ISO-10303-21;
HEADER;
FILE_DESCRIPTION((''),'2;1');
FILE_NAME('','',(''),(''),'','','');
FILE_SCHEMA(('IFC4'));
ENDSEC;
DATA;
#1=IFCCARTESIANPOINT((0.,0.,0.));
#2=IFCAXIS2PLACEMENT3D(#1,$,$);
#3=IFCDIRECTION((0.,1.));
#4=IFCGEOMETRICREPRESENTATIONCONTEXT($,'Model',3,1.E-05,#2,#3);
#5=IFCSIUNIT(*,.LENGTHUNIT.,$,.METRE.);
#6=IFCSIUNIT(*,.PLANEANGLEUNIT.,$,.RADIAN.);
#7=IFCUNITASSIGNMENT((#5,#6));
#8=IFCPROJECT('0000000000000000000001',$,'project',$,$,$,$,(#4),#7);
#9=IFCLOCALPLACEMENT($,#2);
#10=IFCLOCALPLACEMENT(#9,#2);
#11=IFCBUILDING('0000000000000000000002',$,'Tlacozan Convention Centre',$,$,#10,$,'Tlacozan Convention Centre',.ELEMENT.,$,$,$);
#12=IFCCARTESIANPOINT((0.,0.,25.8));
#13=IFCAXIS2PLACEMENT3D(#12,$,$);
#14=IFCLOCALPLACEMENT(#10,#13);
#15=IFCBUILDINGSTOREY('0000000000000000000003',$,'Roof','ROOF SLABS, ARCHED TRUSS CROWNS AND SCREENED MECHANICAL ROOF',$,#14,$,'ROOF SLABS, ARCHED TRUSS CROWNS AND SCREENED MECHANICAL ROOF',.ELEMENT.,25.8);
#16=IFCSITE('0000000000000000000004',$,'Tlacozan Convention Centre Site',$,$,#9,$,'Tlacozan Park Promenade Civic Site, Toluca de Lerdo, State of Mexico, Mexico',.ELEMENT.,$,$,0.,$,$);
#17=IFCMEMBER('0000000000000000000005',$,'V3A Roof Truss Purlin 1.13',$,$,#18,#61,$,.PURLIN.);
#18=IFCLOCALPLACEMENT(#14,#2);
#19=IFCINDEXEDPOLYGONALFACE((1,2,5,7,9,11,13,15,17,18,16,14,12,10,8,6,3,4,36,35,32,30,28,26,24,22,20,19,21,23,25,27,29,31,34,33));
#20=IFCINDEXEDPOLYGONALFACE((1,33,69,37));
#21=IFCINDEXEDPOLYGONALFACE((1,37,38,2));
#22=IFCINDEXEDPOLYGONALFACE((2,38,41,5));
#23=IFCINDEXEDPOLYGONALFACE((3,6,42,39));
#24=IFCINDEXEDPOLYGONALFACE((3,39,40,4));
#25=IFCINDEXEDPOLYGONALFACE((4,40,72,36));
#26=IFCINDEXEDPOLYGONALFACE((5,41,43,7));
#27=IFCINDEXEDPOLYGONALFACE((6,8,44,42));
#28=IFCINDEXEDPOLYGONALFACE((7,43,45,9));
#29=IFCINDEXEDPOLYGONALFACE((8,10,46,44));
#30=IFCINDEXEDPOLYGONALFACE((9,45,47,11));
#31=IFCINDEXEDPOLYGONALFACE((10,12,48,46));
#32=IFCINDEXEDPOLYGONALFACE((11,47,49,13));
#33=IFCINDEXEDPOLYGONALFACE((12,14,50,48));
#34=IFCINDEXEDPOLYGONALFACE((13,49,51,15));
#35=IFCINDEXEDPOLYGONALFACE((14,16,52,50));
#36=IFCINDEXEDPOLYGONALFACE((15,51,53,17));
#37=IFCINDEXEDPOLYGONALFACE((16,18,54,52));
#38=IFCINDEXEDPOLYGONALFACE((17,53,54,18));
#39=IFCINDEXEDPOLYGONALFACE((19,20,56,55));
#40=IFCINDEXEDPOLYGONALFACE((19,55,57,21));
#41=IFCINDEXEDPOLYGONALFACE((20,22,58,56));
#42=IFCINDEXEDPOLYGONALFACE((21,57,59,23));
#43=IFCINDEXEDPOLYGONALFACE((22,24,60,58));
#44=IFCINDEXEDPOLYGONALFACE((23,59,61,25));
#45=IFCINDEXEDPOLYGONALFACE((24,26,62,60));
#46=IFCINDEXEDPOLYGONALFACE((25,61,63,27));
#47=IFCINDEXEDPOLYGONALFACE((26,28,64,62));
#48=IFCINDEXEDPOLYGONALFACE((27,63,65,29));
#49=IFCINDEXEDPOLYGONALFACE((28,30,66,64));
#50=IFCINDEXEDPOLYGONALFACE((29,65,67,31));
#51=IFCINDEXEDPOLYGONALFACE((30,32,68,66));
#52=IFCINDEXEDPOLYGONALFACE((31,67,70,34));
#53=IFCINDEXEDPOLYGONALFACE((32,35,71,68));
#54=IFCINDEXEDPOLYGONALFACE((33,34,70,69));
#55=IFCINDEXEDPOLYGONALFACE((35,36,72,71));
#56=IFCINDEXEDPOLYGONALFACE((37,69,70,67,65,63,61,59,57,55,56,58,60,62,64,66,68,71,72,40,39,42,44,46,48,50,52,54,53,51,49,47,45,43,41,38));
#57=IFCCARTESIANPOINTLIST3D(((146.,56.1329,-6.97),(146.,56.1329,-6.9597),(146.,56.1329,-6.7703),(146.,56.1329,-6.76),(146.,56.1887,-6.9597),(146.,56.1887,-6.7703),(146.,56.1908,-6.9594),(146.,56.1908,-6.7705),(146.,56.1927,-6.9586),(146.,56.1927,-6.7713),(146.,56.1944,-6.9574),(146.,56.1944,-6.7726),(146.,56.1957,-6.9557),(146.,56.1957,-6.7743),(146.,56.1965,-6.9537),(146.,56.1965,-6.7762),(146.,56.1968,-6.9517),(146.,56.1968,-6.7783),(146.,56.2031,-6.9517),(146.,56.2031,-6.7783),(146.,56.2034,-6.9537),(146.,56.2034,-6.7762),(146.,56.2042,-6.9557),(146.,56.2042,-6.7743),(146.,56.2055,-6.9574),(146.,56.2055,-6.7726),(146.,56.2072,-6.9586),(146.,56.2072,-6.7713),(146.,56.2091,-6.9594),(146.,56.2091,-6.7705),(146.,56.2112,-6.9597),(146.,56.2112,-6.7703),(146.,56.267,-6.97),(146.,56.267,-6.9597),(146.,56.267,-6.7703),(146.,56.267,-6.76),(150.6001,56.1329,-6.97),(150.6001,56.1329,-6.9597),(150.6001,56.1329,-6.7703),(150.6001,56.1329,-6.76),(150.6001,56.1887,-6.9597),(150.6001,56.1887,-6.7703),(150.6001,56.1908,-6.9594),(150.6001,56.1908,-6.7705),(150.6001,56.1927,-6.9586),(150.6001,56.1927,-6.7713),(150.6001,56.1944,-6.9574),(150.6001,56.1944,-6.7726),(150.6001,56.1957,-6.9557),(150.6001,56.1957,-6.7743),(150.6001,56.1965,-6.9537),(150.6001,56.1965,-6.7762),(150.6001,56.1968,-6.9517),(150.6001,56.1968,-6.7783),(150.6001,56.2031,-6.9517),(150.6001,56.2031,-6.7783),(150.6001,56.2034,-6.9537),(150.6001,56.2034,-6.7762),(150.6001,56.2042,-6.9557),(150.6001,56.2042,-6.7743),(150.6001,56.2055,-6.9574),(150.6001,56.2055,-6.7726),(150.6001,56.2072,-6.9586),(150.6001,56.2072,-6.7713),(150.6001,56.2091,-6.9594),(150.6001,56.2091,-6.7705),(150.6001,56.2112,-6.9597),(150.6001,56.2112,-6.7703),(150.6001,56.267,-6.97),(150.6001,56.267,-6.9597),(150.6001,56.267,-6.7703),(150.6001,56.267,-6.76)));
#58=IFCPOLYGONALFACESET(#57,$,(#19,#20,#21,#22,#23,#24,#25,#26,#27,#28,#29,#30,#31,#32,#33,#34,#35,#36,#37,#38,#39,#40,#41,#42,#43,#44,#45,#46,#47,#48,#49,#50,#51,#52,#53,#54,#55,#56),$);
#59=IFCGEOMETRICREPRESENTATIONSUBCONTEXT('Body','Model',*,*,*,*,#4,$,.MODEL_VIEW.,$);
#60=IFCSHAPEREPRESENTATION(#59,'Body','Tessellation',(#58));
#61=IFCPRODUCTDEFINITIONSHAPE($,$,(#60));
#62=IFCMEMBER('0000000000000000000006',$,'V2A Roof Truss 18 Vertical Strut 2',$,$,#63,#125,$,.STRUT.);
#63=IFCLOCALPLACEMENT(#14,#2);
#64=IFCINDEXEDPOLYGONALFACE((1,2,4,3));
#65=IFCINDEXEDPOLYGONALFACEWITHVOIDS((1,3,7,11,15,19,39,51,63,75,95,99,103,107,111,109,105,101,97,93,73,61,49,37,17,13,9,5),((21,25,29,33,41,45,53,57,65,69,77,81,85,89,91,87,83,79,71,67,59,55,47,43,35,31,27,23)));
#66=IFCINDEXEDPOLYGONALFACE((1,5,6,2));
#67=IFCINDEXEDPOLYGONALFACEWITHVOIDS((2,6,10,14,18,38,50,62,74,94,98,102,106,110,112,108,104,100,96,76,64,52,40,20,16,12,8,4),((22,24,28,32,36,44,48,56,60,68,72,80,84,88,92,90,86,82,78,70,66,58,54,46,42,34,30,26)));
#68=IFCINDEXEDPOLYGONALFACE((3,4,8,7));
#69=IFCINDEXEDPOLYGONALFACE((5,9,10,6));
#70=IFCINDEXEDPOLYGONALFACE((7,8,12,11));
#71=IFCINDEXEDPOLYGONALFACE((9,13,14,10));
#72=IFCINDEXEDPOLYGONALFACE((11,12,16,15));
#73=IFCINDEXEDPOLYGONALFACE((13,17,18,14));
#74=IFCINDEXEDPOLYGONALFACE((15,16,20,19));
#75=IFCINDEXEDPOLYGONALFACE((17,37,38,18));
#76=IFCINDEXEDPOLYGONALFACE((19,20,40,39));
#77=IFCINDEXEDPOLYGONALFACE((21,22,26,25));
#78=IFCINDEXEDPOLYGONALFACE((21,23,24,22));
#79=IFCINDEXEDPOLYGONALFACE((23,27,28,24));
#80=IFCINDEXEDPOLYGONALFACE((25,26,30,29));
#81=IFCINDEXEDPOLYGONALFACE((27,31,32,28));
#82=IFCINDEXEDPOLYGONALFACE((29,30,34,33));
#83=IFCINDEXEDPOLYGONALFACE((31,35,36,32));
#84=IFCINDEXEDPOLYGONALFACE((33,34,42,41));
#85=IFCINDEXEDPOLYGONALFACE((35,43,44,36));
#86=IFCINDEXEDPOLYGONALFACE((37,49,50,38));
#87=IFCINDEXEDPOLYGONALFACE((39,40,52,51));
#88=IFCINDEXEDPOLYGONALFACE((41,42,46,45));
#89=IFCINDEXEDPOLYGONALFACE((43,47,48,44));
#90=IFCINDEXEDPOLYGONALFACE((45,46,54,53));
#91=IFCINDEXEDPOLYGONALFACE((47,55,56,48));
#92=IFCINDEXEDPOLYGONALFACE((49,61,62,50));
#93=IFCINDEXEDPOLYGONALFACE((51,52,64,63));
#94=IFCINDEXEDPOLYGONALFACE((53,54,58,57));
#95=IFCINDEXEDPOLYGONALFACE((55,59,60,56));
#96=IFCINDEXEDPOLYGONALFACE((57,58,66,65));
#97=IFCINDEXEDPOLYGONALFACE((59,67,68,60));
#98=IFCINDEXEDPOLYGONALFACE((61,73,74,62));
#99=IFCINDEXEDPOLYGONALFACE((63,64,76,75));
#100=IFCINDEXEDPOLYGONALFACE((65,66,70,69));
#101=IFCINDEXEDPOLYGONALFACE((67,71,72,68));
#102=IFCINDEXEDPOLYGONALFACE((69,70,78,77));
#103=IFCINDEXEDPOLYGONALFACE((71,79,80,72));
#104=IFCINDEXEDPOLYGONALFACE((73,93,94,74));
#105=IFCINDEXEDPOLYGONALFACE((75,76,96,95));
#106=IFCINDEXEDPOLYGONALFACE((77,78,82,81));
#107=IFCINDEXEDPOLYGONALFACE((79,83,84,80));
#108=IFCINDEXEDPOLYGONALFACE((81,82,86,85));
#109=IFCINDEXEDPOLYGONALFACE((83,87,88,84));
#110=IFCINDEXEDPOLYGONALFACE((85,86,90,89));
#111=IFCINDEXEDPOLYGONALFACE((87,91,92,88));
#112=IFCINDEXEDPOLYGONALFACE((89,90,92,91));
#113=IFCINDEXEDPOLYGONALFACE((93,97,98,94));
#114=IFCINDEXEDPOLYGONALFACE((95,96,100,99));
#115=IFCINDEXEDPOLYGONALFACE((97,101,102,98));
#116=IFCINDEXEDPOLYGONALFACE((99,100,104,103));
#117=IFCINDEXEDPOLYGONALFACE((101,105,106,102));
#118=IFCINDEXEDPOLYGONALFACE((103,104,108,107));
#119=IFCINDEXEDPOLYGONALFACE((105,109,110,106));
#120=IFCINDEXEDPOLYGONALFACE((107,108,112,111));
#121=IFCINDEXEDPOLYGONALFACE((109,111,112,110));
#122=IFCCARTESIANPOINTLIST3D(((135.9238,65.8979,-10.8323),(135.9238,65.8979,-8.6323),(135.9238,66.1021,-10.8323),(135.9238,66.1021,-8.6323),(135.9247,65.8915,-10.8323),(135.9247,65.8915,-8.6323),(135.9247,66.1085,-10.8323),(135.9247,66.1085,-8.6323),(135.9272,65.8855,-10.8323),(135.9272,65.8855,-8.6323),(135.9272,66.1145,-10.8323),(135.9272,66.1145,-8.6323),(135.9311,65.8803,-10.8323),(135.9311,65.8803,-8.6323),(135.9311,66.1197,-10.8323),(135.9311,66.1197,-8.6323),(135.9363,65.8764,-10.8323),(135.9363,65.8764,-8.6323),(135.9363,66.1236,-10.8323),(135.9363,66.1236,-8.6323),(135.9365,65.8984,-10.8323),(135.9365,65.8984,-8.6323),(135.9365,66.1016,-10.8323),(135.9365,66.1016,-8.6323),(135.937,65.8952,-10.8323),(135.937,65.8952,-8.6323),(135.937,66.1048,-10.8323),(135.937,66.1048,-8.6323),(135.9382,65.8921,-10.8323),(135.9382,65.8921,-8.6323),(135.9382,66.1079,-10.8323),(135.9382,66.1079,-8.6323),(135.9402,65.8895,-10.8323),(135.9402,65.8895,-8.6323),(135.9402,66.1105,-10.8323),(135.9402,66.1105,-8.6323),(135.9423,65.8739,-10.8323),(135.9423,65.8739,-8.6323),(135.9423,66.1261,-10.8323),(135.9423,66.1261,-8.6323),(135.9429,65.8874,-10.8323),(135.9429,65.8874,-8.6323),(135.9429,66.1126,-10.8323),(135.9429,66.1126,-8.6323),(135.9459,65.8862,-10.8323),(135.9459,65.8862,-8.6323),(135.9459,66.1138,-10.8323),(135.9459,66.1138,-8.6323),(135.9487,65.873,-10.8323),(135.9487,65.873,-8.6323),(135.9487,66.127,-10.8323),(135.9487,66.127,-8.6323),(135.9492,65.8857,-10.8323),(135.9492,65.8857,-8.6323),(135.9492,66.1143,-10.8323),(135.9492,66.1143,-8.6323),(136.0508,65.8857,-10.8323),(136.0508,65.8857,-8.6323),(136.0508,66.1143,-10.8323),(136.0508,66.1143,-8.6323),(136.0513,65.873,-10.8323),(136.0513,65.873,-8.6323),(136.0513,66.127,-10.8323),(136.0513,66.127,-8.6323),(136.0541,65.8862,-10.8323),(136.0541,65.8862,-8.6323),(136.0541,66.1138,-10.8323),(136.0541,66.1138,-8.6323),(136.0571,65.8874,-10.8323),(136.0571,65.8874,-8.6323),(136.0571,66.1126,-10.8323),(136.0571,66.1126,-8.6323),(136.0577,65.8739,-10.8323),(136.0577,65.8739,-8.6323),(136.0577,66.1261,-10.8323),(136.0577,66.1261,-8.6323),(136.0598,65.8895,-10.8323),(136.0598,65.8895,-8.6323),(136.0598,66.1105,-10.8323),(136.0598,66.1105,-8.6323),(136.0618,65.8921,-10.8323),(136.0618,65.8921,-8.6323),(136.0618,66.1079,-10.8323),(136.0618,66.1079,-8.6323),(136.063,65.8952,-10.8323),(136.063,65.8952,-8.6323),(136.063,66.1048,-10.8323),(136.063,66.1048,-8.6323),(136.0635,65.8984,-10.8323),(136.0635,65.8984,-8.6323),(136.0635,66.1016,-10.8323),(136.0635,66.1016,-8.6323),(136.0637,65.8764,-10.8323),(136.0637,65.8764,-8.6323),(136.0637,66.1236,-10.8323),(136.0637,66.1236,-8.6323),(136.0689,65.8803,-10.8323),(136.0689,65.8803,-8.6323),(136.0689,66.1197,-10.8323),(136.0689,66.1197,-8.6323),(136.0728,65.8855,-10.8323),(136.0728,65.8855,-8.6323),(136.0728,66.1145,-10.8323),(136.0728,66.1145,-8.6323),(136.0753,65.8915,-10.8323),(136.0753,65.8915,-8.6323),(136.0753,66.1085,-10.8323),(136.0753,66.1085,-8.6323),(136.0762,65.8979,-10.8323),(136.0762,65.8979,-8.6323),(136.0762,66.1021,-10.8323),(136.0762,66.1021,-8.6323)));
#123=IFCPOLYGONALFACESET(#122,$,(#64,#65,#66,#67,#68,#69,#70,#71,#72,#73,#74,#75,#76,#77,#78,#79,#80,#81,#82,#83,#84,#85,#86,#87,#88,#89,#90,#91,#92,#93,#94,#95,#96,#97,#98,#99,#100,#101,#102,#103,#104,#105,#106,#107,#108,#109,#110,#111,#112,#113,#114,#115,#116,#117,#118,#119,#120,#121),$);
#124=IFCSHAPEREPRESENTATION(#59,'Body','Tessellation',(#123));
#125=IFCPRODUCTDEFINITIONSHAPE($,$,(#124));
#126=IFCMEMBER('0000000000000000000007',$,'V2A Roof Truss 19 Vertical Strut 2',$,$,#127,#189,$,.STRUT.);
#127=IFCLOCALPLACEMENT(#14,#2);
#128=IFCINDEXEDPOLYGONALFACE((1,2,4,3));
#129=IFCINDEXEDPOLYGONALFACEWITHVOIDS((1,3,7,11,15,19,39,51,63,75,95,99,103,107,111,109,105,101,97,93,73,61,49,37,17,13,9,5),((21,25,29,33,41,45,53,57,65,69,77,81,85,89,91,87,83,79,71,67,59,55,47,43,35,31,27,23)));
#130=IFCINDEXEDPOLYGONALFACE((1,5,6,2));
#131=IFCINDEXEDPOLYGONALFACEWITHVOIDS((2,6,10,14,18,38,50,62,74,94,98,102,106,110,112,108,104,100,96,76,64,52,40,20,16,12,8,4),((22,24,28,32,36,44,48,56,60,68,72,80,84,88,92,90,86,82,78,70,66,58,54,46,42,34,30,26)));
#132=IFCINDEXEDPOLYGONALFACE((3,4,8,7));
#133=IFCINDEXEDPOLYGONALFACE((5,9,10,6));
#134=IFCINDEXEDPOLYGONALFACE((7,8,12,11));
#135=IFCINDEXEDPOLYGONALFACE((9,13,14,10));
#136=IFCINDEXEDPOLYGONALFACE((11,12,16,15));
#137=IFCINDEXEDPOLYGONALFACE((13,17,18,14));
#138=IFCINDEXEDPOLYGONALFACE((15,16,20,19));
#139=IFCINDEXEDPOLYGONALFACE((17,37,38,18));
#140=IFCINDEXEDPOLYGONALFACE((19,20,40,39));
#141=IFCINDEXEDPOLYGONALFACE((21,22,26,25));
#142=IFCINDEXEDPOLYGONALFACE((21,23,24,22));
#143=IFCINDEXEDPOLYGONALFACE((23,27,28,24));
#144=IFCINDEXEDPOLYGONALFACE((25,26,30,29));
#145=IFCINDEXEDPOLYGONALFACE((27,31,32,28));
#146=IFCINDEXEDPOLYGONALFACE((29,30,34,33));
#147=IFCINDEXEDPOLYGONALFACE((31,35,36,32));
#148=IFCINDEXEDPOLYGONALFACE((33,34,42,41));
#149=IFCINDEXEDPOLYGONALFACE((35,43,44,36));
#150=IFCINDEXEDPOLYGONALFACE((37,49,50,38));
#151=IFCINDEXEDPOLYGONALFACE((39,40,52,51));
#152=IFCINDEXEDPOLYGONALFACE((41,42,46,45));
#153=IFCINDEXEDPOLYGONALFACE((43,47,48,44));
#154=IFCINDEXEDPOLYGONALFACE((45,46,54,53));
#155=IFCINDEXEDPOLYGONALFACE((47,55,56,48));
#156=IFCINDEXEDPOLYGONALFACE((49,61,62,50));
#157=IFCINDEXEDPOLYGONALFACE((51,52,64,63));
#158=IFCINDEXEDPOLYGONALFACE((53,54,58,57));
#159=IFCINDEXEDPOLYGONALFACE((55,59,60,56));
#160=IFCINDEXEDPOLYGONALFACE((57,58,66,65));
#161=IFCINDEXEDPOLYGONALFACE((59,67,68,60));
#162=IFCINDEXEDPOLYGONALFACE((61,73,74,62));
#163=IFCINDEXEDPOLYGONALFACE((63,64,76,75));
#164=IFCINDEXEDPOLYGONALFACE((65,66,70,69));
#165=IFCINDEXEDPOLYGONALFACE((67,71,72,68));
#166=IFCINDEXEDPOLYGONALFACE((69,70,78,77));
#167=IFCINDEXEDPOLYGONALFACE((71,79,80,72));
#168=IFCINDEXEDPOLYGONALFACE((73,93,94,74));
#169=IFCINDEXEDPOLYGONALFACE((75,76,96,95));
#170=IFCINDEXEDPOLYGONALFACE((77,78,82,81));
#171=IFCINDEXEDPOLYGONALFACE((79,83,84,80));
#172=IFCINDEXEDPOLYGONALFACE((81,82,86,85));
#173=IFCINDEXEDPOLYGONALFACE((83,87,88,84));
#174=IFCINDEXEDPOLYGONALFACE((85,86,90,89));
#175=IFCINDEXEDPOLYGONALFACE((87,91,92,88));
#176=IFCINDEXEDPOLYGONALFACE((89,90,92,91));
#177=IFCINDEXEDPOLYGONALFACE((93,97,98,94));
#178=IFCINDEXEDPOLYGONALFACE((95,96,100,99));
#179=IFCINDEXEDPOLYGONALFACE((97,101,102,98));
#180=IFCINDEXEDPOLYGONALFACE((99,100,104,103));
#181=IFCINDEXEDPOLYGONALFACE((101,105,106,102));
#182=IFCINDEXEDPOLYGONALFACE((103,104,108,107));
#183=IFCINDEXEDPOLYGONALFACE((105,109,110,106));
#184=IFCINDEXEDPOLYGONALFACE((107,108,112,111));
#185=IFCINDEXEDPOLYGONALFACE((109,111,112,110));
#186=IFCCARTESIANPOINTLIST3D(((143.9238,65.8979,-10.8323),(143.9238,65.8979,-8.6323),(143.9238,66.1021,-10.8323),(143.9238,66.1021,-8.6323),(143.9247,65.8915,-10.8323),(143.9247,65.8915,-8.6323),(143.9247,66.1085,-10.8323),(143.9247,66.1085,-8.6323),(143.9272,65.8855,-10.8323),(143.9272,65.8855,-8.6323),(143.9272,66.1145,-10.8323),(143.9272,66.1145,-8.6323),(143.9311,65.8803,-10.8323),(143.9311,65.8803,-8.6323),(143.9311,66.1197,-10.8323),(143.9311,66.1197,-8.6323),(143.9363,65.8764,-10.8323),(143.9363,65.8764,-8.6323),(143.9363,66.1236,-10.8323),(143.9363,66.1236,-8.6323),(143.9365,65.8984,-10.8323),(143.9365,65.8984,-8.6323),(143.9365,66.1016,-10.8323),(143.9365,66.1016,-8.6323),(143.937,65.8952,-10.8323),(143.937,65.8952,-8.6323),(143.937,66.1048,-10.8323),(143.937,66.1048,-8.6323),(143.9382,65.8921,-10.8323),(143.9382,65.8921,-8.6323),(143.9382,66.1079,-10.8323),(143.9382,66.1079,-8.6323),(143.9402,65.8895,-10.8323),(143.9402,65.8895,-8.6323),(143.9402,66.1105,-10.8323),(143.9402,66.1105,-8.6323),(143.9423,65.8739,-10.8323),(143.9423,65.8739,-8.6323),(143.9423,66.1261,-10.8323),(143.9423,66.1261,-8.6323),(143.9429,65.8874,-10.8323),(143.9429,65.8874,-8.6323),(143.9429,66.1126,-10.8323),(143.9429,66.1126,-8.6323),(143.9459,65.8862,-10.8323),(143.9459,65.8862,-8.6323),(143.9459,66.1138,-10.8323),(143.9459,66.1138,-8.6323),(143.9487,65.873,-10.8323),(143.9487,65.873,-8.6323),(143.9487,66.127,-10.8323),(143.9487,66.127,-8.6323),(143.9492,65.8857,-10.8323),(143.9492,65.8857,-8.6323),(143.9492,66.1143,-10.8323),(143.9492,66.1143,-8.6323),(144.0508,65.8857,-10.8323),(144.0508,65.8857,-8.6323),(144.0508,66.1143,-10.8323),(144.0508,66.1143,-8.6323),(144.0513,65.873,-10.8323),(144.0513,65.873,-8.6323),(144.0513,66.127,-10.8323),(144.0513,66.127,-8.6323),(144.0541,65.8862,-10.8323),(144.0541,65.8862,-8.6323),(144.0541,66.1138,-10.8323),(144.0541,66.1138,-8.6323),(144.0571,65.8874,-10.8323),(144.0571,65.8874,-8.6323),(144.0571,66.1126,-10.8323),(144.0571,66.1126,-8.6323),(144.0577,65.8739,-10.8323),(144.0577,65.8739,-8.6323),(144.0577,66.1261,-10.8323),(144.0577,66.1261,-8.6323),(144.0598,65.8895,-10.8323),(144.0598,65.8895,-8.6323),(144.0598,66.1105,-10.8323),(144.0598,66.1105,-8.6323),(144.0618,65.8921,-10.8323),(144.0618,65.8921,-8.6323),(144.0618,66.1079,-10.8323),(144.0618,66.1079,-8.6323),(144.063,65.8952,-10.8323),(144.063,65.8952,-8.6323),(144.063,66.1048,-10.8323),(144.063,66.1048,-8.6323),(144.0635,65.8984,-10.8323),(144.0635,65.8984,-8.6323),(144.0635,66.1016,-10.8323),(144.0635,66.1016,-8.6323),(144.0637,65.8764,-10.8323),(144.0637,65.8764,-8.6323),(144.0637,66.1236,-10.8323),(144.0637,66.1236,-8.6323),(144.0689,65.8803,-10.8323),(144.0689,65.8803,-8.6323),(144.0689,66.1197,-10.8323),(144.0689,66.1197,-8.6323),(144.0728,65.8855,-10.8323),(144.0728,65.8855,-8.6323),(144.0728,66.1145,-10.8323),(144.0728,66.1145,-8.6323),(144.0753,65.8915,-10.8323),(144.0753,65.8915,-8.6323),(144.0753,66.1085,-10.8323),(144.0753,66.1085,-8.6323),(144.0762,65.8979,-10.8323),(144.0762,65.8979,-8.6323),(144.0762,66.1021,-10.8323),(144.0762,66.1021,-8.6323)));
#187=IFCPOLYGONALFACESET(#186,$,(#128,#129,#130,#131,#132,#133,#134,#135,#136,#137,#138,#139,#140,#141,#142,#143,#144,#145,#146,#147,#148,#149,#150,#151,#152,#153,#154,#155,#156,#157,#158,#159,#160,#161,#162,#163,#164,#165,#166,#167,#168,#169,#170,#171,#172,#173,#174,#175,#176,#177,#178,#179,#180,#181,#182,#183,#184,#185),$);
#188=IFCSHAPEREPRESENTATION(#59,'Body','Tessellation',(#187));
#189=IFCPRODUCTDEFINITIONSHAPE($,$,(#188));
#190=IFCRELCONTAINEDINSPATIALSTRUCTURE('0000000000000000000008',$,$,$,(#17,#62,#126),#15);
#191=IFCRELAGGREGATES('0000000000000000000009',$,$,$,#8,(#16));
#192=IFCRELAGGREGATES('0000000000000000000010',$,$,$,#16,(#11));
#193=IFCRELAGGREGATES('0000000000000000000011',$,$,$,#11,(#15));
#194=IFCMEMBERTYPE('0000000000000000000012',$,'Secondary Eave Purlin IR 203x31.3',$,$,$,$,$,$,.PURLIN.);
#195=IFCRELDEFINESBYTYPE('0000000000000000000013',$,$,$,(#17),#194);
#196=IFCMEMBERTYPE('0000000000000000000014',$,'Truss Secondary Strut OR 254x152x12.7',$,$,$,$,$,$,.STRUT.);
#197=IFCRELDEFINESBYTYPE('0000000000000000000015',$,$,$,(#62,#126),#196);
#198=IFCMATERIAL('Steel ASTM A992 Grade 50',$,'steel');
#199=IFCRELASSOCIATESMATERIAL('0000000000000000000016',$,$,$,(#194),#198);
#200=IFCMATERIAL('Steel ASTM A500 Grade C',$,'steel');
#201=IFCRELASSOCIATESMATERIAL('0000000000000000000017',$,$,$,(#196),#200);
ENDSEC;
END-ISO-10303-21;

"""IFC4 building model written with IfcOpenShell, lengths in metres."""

from ifc_helpers import new_model, si_unit, direction, frame, origin, origin_2d, place, context, subcontext, project, spatial, hollow_rectangle, i_section, extrude, material, material_profile, profile_set, type_object, element, save


model = new_model("IFC4")

# Units and contexts
model_context = context("Model", 3, precision=1e-05, world=origin(), true_north=direction((0.0, 1.0)))
body_context = subcontext(model_context, "Body", "Model", "MODEL_VIEW")
ifc_project = project(units=[si_unit("LENGTHUNIT", "METRE"), si_unit("PLANEANGLEUNIT", "RADIAN")], contexts=[model_context])

# Site, building, storey
site_placement = place(None, origin())
site = spatial("IfcSite", under=ifc_project, at=site_placement, Name="Tlacozan Convention Centre Site", LongName="Tlacozan Park Promenade Civic Site, Toluca de Lerdo, State of Mexico, Mexico", CompositionType="ELEMENT", RefElevation=0.0)
building_placement = place(site_placement, origin())
building = spatial("IfcBuilding", under=site, at=building_placement, Name="Tlacozan Convention Centre", LongName="Tlacozan Convention Centre", CompositionType="ELEMENT")
storey_placement = place(building_placement, frame((0.0, 0.0, 25.8)))
storey = spatial("IfcBuildingStorey", under=building, at=storey_placement, Name="Roof", Description="ROOF SLABS, ARCHED TRUSS CROWNS AND SCREENED MECHANICAL ROOF", LongName="ROOF SLABS, ARCHED TRUSS CROWNS AND SCREENED MECHANICAL ROOF", CompositionType="ELEMENT", Elevation=25.8)

# Members
ifc_material_1 = material(Name="Steel ASTM A500 Grade C", Category="steel")
ifc_material_2 = material(Name="Steel ASTM A992 Grade 50", Category="steel")
ifc_material_profile_1 = material_profile(ifc_material_2, i_section(OverallWidth=0.134, OverallDepth=0.21, WebThickness=0.0063, FlangeThickness=0.0103, FilletRadius=0.0081, at=origin_2d()), Name="IR 203x31.3")
ifc_profile_set_1 = profile_set([ifc_material_profile_1], Name="Steel ASTM A992 Grade 50")
member_type_1 = type_object("IfcMemberType", Name="Secondary Eave Purlin IR 203x31.3", PredefinedType="PURLIN", material=ifc_profile_set_1)
member_1_placement = place(storey_placement, frame((146.0, 56.2, -6.865), z_axis=(1.0, 0.0, 0.0), x_axis=(0.0, 1.0, 0.0)))
element("IfcMember", 1, at=member_1_placement, inside=storey, type_object=member_type_1, Name="V3A Roof Truss Purlin 1.13", PredefinedType="PURLIN", context=body_context, shape_type="SweptSolid", body=[
    extrude(i_section(OverallWidth=0.134, OverallDepth=0.21, WebThickness=0.0063, FlangeThickness=0.0103, FilletRadius=0.0081, at=origin_2d()), origin(), (0.0, 0.0, 1.0), 4.6001),
])
ifc_material_profile_2 = material_profile(ifc_material_1, hollow_rectangle(XDim=0.1523, YDim=0.2539, WallThickness=0.0127, InnerFilletRadius=0.0127, OuterFilletRadius=0.0249, at=origin_2d()), Name="OR 254x152x12.7")
ifc_profile_set_2 = profile_set([ifc_material_profile_2], Name="Steel ASTM A500 Grade C")
member_type_2 = type_object("IfcMemberType", Name="Truss Secondary Strut OR 254x152x12.7", PredefinedType="STRUT", material=ifc_profile_set_2)
for number, where, z_axis, x_axis, name in (
    (2, (136.0, 66.0, -10.8323), (0.0, 0.0, 1.0), (1.0, 0.0, 0.0), "V2A Roof Truss 18 Vertical Strut 2"),
    (3, (144.0, 66.0, -10.8323), (0.0, 0.0, 1.0), (1.0, 0.0, 0.0), "V2A Roof Truss 19 Vertical Strut 2"),
):
    element("IfcMember", number, at=place(storey_placement, frame(where, z_axis=z_axis, x_axis=x_axis)), inside=storey, type_object=member_type_2, Name=name, PredefinedType="STRUT", context=body_context, shape_type="SweptSolid", body=[
        extrude(hollow_rectangle(XDim=0.1523, YDim=0.2539, WallThickness=0.0127, InnerFilletRadius=0.0127, OuterFilletRadius=0.0249, at=origin_2d()), origin(), (0.0, 0.0, 1.0), 2.2),
    ])

save(model, "model.ifc")
